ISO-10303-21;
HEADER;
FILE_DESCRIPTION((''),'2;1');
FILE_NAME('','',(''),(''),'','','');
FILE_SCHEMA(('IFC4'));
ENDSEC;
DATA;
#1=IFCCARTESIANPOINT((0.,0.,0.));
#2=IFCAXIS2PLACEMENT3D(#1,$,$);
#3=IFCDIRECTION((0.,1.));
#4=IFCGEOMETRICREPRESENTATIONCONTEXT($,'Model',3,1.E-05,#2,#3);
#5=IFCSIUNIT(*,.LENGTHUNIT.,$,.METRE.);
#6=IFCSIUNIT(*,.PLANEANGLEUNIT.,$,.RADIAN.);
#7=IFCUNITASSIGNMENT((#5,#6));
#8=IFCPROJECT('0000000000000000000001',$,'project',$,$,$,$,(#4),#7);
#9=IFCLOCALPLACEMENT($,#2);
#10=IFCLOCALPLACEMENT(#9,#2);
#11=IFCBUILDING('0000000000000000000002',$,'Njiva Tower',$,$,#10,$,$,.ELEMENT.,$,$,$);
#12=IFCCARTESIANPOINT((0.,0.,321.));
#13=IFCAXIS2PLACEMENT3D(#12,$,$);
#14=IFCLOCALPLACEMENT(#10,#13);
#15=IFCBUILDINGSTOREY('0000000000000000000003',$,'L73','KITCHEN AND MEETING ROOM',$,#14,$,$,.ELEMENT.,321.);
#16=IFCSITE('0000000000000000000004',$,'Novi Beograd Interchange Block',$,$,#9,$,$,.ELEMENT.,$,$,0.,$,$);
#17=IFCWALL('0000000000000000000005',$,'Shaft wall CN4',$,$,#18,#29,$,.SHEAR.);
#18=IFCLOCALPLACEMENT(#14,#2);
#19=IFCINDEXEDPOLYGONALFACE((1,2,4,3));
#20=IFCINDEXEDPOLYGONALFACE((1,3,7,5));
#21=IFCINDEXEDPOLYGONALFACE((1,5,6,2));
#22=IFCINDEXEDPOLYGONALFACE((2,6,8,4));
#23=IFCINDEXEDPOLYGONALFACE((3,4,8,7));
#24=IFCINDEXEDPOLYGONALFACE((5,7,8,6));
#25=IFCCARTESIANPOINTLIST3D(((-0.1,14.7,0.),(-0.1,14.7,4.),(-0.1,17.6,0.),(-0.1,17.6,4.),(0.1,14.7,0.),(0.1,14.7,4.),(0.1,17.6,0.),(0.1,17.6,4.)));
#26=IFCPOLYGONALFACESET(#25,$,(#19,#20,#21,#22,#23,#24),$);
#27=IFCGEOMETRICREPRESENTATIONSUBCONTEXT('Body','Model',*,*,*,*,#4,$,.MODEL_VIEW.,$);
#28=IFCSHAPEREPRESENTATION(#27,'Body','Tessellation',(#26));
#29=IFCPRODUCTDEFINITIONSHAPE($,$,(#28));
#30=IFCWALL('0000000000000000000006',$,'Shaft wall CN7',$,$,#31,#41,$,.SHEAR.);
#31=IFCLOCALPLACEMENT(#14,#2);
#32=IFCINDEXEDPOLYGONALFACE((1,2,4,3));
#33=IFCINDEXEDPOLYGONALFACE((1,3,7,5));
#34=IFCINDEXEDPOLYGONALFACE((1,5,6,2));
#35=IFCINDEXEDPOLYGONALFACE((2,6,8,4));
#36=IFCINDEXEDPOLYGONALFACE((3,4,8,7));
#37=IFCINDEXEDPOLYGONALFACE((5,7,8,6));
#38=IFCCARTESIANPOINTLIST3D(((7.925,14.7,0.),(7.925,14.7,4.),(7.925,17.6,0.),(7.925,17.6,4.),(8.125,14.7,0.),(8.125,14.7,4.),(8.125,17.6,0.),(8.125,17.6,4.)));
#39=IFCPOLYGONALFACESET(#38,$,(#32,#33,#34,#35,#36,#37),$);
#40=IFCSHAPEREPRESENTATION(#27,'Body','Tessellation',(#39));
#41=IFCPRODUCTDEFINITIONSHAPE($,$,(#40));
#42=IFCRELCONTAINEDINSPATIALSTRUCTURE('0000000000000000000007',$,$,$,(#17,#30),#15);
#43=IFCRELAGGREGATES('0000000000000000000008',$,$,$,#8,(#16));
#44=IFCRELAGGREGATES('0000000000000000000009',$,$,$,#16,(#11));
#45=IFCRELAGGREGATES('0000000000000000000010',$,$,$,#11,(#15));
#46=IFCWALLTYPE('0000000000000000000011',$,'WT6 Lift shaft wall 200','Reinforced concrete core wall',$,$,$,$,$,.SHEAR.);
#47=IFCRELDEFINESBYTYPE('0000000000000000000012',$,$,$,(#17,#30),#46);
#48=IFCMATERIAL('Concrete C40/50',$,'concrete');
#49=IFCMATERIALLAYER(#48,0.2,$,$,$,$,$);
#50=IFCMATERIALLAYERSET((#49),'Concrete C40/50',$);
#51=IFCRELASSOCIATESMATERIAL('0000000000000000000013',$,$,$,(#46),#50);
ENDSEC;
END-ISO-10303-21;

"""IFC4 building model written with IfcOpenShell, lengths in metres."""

from ifc_helpers import new_model, si_unit, direction, frame, frame_2d, origin, place, context, subcontext, project, spatial, rectangle, extrude, material, layer, layer_set, type_object, element, save


model = new_model("IFC4")

# Units and contexts
model_context = context("Model", 3, precision=1e-05, world=origin(), true_north=direction((0.0, 1.0)))
body_context = subcontext(model_context, "Body", "Model", "MODEL_VIEW")
ifc_project = project(units=[si_unit("LENGTHUNIT", "METRE"), si_unit("PLANEANGLEUNIT", "RADIAN")], contexts=[model_context])

# Site, building, storey
site_placement = place(None, origin())
site = spatial("IfcSite", under=ifc_project, at=site_placement, Name="Novi Beograd Interchange Block", CompositionType="ELEMENT", RefElevation=0.0)
building_placement = place(site_placement, origin())
building = spatial("IfcBuilding", under=site, at=building_placement, Name="Njiva Tower", CompositionType="ELEMENT")
storey_placement = place(building_placement, frame((0.0, 0.0, 321.0)))
storey = spatial("IfcBuildingStorey", under=building, at=storey_placement, Name="L73", Description="KITCHEN AND MEETING ROOM", CompositionType="ELEMENT", Elevation=321.0)

# Walls
ifc_material_1 = material(Name="Concrete C40/50", Category="concrete")
ifc_layer_1 = layer(ifc_material_1, 0.2)
ifc_layer_set_1 = layer_set([ifc_layer_1], Name="Concrete C40/50")
wall_type_1 = type_object("IfcWallType", Name="WT6 Lift shaft wall 200", Description="Reinforced concrete core wall", PredefinedType="SHEAR", material=ifc_layer_set_1)
for number, where, z_axis, x_axis, name in (
    (1, (0.0, 14.7, 0.0), (0.0, 0.0, 1.0), (0.0, 1.0, 0.0), "Shaft wall CN4"),
    (2, (8.025, 14.7, 0.0), (0.0, 0.0, 1.0), (0.0, 1.0, 0.0), "Shaft wall CN7"),
):
    element("IfcWall", number, at=place(storey_placement, frame(where, z_axis=z_axis, x_axis=x_axis)), inside=storey, type_object=wall_type_1, Name=name, PredefinedType="SHEAR", context=body_context, shape_type="SweptSolid", body=[
        extrude(rectangle(XDim=2.9, YDim=0.2, at=frame_2d((1.45, 0.0))), origin(), (0.0, 0.0, 1.0), 4.0),
    ])

save(model, "model.ifc")
